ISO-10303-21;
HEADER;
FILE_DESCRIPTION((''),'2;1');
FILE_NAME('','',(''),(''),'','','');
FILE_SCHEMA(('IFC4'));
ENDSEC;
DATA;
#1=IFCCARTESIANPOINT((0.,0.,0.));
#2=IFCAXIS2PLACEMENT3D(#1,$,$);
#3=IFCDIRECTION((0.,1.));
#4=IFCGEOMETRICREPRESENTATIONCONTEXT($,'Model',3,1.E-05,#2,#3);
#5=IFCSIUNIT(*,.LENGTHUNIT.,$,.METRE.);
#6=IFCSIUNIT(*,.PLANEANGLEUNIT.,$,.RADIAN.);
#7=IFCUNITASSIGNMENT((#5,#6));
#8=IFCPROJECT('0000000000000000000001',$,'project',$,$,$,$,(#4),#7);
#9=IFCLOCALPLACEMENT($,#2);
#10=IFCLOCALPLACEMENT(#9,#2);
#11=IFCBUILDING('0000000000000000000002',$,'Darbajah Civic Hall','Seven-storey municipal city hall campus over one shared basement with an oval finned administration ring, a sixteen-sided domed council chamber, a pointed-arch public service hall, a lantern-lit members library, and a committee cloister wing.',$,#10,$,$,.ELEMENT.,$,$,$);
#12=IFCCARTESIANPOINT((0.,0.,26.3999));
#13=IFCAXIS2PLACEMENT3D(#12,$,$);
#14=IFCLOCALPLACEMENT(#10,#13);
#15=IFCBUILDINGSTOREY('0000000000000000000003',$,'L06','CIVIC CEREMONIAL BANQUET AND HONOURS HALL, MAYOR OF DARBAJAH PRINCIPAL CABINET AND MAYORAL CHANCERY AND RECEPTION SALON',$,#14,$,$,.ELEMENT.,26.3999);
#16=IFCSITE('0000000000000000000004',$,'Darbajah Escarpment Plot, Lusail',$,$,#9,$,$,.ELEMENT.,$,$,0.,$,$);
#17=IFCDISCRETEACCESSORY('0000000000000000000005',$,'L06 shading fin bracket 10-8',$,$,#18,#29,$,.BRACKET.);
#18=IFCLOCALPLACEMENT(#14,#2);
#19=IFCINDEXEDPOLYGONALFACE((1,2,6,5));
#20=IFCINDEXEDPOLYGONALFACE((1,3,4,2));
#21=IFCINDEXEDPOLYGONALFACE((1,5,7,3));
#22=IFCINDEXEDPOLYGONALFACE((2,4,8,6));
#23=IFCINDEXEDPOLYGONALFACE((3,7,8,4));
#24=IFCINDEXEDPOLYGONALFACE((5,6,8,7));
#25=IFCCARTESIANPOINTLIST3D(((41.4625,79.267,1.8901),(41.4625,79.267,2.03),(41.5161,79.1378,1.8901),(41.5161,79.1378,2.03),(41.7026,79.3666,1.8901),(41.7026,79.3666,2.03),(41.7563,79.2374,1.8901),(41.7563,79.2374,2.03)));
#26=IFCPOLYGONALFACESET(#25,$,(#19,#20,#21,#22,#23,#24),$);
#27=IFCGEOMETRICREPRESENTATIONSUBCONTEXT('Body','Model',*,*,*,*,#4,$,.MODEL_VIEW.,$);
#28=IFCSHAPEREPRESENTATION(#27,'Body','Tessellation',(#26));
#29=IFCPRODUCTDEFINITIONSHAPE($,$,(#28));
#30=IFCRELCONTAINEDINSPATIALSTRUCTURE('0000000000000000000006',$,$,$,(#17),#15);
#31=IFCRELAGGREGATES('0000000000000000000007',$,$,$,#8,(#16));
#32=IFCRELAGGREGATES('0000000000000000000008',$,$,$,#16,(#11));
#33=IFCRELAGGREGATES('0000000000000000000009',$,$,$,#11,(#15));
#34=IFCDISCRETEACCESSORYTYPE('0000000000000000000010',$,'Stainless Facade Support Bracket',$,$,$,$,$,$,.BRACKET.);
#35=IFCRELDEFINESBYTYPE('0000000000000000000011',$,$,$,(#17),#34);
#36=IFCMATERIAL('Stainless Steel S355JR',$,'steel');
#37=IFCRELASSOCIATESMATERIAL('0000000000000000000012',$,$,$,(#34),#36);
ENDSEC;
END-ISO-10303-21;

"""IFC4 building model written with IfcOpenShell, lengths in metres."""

from ifc_helpers import new_model, si_unit, direction, frame, origin, origin_2d, place, context, subcontext, project, spatial, rectangle, extrude, material, type_object, element, save


model = new_model("IFC4")

# Units and contexts
model_context = context("Model", 3, precision=1e-05, world=origin(), true_north=direction((0.0, 1.0)))
body_context = subcontext(model_context, "Body", "Model", "MODEL_VIEW")
ifc_project = project(units=[si_unit("LENGTHUNIT", "METRE"), si_unit("PLANEANGLEUNIT", "RADIAN")], contexts=[model_context])

# Site, building, storey
site_placement = place(None, origin())
site = spatial("IfcSite", under=ifc_project, at=site_placement, Name="Darbajah Escarpment Plot, Lusail", CompositionType="ELEMENT", RefElevation=0.0)
building_placement = place(site_placement, origin())
building = spatial("IfcBuilding", under=site, at=building_placement, Name="Darbajah Civic Hall", Description="Seven-storey municipal city hall campus over one shared basement with an oval finned administration ring, a sixteen-sided domed council chamber, a pointed-arch public service hall, a lantern-lit members library, and a committee cloister wing.", CompositionType="ELEMENT")
storey_placement = place(building_placement, frame((0.0, 0.0, 26.3999)))
storey = spatial("IfcBuildingStorey", under=building, at=storey_placement, Name="L06", Description="CIVIC CEREMONIAL BANQUET AND HONOURS HALL, MAYOR OF DARBAJAH PRINCIPAL CABINET AND MAYORAL CHANCERY AND RECEPTION SALON", CompositionType="ELEMENT", Elevation=26.3999)

# Discrete accessory
ifc_material_1 = material(Name="Stainless Steel S355JR", Category="steel")
discrete_accessory_type = type_object("IfcDiscreteAccessoryType", Name="Stainless Facade Support Bracket", PredefinedType="BRACKET", material=ifc_material_1)
for number, where, z_axis, x_axis, name in (
    (1, (41.6094, 79.2522, 1.8901), (0.0, 0.0, 1.0), (-0.923612, -0.383328, 0.0), "L06 shading fin bracket 10-8"),
):
    element("IfcDiscreteAccessory", number, at=place(storey_placement, frame(where, z_axis=z_axis, x_axis=x_axis)), inside=storey, type_object=discrete_accessory_type, Name=name, PredefinedType="BRACKET", context=body_context, shape_type="SweptSolid", body=[
        extrude(rectangle(XDim=0.26, YDim=0.1399, at=origin_2d()), origin(), (0.0, 0.0, 1.0), 0.1399),
    ])

save(model, "model.ifc")
